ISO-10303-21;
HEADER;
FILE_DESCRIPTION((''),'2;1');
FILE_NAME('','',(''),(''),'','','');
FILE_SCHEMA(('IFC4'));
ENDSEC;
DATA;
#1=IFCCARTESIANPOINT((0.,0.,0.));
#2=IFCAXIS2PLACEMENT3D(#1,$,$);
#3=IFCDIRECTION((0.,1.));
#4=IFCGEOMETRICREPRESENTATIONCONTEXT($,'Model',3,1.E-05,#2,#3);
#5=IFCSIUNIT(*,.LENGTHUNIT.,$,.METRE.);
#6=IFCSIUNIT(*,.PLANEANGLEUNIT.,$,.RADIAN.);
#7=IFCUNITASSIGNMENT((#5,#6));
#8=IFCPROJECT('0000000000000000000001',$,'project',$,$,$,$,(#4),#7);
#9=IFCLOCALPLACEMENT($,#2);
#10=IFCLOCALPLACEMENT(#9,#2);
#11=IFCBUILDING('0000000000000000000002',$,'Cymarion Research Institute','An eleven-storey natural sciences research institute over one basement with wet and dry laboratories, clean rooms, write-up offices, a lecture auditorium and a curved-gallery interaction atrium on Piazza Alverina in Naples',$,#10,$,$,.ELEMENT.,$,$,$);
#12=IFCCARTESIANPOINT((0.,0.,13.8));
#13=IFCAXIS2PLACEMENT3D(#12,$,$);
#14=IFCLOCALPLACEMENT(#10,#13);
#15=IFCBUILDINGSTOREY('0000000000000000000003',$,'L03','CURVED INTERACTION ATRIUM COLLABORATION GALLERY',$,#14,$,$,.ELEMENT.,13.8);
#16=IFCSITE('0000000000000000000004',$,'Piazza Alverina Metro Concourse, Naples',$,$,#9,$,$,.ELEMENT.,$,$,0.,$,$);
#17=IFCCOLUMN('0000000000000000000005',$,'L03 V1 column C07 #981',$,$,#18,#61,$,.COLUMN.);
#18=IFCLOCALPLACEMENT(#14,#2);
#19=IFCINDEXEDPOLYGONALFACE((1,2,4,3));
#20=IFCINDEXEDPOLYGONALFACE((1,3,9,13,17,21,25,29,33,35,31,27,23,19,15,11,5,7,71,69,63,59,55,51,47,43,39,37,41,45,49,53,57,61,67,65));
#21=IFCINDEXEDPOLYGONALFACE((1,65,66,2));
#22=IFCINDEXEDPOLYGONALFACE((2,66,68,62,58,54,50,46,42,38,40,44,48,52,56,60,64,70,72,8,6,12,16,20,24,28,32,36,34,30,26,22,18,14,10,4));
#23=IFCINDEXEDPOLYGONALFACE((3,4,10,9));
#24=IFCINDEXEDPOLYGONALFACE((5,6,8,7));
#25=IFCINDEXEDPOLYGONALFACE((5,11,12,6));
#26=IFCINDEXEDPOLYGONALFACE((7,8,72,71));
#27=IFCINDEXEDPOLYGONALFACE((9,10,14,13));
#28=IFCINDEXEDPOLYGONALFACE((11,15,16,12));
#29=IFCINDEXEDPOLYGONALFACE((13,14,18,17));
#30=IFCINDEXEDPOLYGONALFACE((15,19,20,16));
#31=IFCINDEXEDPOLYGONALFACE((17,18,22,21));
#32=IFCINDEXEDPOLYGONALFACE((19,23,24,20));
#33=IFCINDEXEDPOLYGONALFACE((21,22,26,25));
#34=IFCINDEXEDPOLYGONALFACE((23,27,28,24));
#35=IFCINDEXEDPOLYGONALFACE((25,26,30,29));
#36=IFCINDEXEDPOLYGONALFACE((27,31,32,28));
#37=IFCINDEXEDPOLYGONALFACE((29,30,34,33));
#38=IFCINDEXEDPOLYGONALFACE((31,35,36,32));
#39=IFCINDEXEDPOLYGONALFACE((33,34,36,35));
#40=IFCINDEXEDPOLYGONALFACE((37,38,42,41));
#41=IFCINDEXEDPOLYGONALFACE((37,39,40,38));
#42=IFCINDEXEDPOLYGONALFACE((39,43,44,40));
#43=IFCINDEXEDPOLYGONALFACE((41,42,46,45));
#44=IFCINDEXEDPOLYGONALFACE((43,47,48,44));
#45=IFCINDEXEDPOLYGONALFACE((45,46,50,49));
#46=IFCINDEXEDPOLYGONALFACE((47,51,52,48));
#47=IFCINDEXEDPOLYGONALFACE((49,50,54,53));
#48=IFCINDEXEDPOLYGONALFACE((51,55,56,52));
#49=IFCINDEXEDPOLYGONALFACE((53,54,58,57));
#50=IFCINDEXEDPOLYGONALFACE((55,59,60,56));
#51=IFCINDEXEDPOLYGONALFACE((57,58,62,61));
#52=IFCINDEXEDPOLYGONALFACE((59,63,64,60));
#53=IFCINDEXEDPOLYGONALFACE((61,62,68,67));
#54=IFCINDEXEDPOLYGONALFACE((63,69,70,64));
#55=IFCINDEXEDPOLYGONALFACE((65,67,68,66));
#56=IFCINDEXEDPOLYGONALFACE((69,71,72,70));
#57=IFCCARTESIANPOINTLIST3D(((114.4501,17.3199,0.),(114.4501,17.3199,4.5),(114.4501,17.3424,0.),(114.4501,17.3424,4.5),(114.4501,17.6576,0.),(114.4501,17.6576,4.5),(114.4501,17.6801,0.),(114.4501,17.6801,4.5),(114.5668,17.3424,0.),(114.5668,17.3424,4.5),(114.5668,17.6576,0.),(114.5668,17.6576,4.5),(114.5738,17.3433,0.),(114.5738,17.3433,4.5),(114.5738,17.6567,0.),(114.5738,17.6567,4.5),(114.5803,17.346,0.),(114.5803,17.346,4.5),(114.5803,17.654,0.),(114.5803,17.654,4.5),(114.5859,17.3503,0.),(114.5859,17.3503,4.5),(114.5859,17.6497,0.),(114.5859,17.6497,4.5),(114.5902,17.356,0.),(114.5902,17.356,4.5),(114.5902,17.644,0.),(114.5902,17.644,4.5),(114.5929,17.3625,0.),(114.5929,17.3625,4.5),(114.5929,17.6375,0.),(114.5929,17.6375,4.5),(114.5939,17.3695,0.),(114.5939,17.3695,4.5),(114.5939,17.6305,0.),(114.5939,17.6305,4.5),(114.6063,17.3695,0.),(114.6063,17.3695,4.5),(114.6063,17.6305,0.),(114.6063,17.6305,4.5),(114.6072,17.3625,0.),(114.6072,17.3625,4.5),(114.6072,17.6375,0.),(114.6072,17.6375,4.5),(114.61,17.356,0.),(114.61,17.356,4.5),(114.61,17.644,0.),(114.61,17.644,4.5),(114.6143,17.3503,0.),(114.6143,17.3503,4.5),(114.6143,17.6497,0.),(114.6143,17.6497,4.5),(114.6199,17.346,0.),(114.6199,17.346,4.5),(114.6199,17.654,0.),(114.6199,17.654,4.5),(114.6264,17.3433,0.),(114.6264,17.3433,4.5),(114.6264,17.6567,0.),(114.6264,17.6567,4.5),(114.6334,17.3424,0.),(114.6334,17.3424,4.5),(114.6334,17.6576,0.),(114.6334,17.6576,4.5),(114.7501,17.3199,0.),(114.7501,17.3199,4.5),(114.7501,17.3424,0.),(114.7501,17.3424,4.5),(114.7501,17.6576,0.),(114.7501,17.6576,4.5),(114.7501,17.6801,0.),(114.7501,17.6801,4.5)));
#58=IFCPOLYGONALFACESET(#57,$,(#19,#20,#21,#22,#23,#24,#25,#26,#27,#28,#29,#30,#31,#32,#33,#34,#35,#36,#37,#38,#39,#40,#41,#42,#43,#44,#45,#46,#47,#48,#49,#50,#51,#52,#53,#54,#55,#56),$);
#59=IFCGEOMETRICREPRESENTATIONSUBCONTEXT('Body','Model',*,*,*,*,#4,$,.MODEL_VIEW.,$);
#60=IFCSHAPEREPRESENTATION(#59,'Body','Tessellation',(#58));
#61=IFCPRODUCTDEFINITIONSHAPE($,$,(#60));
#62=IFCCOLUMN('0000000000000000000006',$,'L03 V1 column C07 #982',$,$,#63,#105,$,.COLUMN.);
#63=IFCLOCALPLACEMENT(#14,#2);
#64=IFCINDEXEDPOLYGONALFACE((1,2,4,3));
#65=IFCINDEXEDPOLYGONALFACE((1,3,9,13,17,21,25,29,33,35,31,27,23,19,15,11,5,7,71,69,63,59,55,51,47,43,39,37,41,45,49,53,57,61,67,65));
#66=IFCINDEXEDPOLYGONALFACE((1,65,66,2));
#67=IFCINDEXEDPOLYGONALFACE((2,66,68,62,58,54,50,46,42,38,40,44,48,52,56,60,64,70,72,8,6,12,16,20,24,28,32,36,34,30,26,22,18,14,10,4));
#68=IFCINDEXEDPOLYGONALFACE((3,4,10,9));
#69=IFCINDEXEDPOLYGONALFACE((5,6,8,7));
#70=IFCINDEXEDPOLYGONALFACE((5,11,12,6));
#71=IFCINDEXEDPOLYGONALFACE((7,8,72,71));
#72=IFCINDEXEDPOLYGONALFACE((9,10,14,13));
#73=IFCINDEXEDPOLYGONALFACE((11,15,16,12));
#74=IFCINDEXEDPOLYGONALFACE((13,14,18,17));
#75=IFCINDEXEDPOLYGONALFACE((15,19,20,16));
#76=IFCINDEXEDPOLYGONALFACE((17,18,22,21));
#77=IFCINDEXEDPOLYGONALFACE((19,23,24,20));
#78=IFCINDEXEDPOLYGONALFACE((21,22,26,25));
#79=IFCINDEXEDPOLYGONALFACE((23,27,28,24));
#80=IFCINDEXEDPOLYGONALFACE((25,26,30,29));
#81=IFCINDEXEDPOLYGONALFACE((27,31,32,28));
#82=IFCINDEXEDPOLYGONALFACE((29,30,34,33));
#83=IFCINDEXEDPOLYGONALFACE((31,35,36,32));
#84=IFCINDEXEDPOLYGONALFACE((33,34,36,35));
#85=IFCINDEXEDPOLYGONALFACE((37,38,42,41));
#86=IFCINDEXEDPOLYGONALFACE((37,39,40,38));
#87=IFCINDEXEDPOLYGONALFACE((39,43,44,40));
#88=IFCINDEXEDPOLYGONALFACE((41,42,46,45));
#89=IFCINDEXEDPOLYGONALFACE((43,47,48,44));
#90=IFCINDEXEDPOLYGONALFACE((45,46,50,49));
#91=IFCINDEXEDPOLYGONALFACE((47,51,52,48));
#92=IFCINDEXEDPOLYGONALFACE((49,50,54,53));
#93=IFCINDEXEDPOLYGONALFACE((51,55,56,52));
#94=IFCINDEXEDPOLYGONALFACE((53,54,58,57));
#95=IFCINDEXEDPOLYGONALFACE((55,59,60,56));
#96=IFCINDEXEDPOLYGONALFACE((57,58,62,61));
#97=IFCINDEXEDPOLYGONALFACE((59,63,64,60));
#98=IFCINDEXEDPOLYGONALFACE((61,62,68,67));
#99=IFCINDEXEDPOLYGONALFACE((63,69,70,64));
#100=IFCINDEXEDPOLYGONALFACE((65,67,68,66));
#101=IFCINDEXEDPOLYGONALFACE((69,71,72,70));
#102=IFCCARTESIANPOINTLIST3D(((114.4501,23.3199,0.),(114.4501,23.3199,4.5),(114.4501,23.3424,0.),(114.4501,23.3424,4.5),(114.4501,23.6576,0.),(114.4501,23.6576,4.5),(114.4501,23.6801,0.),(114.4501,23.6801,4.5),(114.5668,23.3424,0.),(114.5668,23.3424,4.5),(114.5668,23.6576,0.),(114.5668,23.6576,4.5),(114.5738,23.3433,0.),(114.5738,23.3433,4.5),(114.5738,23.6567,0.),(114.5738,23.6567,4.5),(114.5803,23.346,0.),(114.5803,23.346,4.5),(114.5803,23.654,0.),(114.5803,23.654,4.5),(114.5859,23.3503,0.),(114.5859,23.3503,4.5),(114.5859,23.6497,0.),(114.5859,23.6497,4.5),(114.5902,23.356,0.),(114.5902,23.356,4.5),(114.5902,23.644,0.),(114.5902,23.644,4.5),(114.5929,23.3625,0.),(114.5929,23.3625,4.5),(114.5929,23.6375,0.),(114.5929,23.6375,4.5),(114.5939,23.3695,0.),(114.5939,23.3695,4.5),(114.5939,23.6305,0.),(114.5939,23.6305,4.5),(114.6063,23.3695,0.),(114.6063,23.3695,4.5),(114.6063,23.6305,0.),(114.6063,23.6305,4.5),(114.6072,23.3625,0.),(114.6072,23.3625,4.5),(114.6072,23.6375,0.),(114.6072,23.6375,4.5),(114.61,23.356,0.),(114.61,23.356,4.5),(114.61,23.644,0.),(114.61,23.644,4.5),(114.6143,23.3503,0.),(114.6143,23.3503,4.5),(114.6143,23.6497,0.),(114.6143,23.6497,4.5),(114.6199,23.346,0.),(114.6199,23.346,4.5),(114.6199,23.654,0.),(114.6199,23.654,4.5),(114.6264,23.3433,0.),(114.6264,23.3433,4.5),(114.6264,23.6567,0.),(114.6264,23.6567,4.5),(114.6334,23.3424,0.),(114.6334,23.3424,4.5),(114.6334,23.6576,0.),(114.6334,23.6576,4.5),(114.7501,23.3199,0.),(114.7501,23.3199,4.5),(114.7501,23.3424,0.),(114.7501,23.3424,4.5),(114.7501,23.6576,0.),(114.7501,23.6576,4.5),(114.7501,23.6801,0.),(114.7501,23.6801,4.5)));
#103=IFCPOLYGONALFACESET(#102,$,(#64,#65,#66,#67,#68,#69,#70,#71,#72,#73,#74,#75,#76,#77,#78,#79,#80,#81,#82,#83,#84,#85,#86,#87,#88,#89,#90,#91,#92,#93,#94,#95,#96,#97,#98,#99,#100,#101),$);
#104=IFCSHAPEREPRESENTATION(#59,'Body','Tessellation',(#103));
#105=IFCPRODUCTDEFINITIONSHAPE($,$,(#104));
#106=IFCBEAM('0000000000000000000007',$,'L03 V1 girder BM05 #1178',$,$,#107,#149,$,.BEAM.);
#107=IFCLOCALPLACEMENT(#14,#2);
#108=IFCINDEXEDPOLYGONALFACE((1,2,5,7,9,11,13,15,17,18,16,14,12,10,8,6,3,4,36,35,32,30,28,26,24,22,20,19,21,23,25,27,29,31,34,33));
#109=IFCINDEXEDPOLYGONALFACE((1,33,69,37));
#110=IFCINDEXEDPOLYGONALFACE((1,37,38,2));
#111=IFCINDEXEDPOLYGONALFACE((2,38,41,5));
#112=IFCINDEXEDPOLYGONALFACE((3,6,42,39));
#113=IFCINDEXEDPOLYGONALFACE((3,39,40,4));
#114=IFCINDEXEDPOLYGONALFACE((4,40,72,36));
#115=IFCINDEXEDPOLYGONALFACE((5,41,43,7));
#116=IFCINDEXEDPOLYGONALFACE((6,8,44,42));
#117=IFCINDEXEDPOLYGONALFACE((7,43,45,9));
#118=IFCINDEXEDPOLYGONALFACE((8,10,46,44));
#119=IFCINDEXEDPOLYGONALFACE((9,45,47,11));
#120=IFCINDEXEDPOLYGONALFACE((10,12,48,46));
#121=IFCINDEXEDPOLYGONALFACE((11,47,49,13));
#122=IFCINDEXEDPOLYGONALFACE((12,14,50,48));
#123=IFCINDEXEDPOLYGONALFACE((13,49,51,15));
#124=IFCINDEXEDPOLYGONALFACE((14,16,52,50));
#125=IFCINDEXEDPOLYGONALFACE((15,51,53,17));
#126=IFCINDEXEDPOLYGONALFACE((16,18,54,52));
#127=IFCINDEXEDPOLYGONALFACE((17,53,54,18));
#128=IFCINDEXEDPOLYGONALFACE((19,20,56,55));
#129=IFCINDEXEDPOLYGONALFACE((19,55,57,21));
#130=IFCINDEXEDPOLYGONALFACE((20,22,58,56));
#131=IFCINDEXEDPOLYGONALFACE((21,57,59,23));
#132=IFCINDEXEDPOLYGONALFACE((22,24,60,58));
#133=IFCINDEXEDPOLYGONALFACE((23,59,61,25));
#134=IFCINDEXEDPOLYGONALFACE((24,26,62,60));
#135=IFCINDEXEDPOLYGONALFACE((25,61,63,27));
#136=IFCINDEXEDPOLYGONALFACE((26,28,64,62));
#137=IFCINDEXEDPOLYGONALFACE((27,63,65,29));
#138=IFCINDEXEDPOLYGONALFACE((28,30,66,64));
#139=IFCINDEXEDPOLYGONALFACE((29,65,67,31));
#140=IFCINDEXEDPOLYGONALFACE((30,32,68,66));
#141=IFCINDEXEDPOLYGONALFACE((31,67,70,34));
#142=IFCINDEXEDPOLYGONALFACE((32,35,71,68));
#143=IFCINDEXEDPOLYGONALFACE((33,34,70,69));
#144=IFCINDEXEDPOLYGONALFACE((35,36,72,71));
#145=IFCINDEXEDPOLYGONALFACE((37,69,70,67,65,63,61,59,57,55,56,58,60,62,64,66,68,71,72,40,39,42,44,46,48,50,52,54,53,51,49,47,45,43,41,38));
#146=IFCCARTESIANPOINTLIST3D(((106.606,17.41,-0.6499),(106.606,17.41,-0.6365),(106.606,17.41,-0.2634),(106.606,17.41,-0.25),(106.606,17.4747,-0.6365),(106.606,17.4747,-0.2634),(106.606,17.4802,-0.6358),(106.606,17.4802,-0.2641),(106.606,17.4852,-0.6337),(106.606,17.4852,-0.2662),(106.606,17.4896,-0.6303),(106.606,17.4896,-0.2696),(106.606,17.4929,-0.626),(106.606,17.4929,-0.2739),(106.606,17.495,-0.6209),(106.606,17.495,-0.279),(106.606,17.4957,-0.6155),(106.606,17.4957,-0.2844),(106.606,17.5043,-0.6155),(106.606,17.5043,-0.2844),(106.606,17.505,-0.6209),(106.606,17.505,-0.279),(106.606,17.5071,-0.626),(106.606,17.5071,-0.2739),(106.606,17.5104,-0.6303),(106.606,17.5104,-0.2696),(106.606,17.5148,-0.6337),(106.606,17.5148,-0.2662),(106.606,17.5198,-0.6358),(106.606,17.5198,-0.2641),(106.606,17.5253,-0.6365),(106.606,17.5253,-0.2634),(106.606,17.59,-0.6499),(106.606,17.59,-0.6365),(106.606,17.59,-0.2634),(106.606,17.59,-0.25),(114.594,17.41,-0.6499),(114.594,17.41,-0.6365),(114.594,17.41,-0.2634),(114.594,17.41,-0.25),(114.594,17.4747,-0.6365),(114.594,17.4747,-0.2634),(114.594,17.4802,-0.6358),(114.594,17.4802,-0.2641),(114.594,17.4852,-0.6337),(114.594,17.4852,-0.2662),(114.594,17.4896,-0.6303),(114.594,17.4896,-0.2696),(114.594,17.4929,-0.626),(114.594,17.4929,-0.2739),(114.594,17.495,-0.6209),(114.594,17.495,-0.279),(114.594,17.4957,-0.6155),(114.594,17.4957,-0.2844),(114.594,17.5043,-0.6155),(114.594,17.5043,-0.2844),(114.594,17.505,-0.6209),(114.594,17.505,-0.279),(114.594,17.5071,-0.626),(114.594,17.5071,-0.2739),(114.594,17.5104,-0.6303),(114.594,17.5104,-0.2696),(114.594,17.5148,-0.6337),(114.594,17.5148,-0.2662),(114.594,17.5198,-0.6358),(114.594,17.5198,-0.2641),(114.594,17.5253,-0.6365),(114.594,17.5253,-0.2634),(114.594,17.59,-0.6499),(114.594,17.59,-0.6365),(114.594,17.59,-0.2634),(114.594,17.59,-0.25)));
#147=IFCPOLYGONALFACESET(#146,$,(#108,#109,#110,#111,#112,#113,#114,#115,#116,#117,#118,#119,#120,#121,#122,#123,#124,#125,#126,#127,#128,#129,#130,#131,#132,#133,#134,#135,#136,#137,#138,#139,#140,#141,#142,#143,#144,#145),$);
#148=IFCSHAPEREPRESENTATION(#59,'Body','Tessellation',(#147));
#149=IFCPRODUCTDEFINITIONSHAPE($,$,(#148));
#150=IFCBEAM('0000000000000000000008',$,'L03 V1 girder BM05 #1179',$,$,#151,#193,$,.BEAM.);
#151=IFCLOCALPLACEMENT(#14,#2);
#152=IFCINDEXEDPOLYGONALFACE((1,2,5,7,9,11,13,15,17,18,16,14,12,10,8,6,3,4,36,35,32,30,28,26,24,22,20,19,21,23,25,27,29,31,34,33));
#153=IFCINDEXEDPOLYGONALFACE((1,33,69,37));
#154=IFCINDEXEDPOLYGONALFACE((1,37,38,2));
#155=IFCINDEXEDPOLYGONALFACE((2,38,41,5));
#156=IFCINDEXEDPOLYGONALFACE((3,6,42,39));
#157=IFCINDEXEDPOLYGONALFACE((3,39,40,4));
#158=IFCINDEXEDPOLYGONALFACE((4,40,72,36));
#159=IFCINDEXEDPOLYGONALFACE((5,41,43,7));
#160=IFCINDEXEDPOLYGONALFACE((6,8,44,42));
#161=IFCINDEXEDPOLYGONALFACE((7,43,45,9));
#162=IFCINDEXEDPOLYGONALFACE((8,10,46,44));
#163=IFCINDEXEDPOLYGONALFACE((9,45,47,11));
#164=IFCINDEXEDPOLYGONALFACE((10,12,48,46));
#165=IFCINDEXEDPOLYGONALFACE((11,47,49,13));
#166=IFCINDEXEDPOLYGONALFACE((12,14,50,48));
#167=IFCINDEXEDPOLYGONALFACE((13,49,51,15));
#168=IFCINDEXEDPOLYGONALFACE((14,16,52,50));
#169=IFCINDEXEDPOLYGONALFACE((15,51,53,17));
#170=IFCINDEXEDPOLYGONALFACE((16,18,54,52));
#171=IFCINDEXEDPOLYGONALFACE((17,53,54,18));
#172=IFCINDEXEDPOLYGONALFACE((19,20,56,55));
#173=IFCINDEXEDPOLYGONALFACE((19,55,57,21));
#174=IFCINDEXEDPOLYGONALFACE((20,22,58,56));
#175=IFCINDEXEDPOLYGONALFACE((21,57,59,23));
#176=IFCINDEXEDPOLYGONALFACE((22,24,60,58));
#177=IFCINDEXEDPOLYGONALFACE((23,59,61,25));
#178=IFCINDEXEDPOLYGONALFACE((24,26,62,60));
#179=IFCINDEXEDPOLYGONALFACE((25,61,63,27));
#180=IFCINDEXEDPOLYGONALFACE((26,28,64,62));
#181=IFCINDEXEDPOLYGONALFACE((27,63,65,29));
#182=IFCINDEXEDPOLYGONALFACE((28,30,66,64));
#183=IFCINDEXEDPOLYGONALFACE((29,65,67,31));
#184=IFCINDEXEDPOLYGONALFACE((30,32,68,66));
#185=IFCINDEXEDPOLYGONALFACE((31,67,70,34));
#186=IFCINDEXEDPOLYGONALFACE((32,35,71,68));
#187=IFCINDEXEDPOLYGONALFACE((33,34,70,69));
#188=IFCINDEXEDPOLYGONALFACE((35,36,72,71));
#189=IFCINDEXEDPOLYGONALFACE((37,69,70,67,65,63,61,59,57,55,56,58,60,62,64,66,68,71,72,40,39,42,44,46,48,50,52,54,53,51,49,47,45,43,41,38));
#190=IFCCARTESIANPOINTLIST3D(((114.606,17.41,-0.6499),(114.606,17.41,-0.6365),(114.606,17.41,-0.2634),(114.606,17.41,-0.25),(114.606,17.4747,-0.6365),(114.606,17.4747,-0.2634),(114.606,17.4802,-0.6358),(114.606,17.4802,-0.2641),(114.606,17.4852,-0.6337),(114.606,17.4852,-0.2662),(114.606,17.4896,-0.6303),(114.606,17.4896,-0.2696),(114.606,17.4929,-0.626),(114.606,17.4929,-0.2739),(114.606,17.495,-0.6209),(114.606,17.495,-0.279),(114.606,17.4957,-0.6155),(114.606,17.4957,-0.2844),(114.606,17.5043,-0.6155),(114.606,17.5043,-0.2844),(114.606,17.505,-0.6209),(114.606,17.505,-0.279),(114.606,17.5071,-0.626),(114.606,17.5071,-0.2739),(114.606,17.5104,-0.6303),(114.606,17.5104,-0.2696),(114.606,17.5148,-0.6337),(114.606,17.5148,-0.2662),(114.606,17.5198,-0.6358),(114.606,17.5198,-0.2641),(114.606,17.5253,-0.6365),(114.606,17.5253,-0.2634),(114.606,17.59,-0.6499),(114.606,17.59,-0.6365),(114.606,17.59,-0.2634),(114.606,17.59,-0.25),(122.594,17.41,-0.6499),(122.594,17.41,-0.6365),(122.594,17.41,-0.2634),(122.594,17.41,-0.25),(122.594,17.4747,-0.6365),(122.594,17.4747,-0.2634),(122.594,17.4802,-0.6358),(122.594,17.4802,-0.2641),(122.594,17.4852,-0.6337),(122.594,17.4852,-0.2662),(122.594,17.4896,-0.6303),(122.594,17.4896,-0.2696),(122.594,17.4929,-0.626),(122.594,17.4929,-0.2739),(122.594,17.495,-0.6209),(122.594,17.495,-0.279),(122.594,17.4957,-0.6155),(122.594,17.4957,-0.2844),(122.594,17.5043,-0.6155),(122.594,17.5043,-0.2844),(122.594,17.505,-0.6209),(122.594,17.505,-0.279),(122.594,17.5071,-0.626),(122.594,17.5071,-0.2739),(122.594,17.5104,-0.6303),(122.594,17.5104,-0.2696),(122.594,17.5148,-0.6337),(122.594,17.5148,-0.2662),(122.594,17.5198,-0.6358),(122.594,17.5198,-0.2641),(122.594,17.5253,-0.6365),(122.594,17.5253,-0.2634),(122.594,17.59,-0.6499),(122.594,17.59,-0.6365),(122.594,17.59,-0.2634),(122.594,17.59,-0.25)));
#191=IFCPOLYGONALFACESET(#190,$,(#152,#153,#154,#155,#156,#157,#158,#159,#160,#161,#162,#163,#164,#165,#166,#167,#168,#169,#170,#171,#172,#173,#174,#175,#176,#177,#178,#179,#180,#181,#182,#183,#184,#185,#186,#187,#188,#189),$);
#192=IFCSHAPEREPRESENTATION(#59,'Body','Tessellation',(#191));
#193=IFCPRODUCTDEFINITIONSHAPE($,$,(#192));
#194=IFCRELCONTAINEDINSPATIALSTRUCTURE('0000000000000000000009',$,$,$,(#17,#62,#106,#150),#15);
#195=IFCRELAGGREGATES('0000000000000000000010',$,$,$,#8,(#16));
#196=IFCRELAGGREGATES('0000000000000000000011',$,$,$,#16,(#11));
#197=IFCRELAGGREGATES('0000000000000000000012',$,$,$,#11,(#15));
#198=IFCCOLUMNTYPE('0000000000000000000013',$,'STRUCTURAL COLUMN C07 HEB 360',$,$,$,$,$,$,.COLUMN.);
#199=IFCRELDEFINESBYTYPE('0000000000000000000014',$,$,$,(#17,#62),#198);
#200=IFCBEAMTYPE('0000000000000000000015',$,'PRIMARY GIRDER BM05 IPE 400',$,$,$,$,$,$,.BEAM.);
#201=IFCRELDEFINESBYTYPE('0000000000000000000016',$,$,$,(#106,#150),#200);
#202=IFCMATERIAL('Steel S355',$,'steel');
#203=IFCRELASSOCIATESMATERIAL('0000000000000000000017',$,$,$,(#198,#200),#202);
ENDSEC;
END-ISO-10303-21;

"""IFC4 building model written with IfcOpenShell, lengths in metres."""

from ifc_helpers import new_model, si_unit, direction, frame, origin, origin_2d, place, context, subcontext, project, spatial, i_section, extrude, material, material_profile, profile_set, type_object, element, save


model = new_model("IFC4")

# Units and contexts
model_context = context("Model", 3, precision=1e-05, world=origin(), true_north=direction((0.0, 1.0)))
body_context = subcontext(model_context, "Body", "Model", "MODEL_VIEW")
ifc_project = project(units=[si_unit("LENGTHUNIT", "METRE"), si_unit("PLANEANGLEUNIT", "RADIAN")], contexts=[model_context])

# Site, building, storey
site_placement = place(None, origin())
site = spatial("IfcSite", under=ifc_project, at=site_placement, Name="Piazza Alverina Metro Concourse, Naples", CompositionType="ELEMENT", RefElevation=0.0)
building_placement = place(site_placement, origin())
building = spatial("IfcBuilding", under=site, at=building_placement, Name="Cymarion Research Institute", Description="An eleven-storey natural sciences research institute over one basement with wet and dry laboratories, clean rooms, write-up offices, a lecture auditorium and a curved-gallery interaction atrium on Piazza Alverina in Naples", CompositionType="ELEMENT")
storey_placement = place(building_placement, frame((0.0, 0.0, 13.8)))
storey = spatial("IfcBuildingStorey", under=building, at=storey_placement, Name="L03", Description="CURVED INTERACTION ATRIUM COLLABORATION GALLERY", CompositionType="ELEMENT", Elevation=13.8)

# Columns
ifc_material_1 = material(Name="Steel S355", Category="steel")
ifc_material_profile_1 = material_profile(ifc_material_1, i_section(OverallWidth=0.3, OverallDepth=0.3601, WebThickness=0.0125, FlangeThickness=0.0225, FilletRadius=0.0271, at=origin_2d()), Name="HEB 360")
ifc_profile_set_1 = profile_set([ifc_material_profile_1], Name="Steel S355")
column_type = type_object("IfcColumnType", Name="STRUCTURAL COLUMN C07 HEB 360", PredefinedType="COLUMN", material=ifc_profile_set_1)
for number, where, z_axis, x_axis, name in (
    (1, (114.6001, 17.5, 0.0), (0.0, 0.0, 1.0), (1.0, 0.0, 0.0), "L03 V1 column C07 #981"),
    (2, (114.6001, 23.5, 0.0), (0.0, 0.0, 1.0), (1.0, 0.0, 0.0), "L03 V1 column C07 #982"),
):
    element("IfcColumn", number, at=place(storey_placement, frame(where, z_axis=z_axis, x_axis=x_axis)), inside=storey, type_object=column_type, Name=name, PredefinedType="COLUMN", context=body_context, shape_type="SweptSolid", body=[
        extrude(i_section(OverallWidth=0.3, OverallDepth=0.3601, WebThickness=0.0125, FlangeThickness=0.0225, FilletRadius=0.0271, at=origin_2d()), origin(), (0.0, 0.0, 1.0), 4.5),
    ])

# Beams
ifc_material_profile_2 = material_profile(ifc_material_1, i_section(OverallWidth=0.1799, OverallDepth=0.3999, WebThickness=0.0085, FlangeThickness=0.0134, FilletRadius=0.021, at=origin_2d()), Name="IPE 400")
ifc_profile_set_2 = profile_set([ifc_material_profile_2], Name="Steel S355")
beam_type_1 = type_object("IfcBeamType", Name="PRIMARY GIRDER BM05 IPE 400", PredefinedType="BEAM", material=ifc_profile_set_2)
for number, where, z_axis, x_axis, name in (
    (3, (106.606, 17.5, -0.45), (1.0, 0.0, 0.0), (0.0, 1.0, 0.0), "L03 V1 girder BM05 #1178"),
    (4, (114.606, 17.5, -0.45), (1.0, 0.0, 0.0), (0.0, 1.0, 0.0), "L03 V1 girder BM05 #1179"),
):
    element("IfcBeam", number, at=place(storey_placement, frame(where, z_axis=z_axis, x_axis=x_axis)), inside=storey, type_object=beam_type_1, Name=name, PredefinedType="BEAM", context=body_context, shape_type="SweptSolid", body=[
        extrude(i_section(OverallWidth=0.1799, OverallDepth=0.3999, WebThickness=0.0085, FlangeThickness=0.0134, FilletRadius=0.021, at=origin_2d()), origin(), (0.0, 0.0, 1.0), 7.988),
    ])

save(model, "model.ifc")
